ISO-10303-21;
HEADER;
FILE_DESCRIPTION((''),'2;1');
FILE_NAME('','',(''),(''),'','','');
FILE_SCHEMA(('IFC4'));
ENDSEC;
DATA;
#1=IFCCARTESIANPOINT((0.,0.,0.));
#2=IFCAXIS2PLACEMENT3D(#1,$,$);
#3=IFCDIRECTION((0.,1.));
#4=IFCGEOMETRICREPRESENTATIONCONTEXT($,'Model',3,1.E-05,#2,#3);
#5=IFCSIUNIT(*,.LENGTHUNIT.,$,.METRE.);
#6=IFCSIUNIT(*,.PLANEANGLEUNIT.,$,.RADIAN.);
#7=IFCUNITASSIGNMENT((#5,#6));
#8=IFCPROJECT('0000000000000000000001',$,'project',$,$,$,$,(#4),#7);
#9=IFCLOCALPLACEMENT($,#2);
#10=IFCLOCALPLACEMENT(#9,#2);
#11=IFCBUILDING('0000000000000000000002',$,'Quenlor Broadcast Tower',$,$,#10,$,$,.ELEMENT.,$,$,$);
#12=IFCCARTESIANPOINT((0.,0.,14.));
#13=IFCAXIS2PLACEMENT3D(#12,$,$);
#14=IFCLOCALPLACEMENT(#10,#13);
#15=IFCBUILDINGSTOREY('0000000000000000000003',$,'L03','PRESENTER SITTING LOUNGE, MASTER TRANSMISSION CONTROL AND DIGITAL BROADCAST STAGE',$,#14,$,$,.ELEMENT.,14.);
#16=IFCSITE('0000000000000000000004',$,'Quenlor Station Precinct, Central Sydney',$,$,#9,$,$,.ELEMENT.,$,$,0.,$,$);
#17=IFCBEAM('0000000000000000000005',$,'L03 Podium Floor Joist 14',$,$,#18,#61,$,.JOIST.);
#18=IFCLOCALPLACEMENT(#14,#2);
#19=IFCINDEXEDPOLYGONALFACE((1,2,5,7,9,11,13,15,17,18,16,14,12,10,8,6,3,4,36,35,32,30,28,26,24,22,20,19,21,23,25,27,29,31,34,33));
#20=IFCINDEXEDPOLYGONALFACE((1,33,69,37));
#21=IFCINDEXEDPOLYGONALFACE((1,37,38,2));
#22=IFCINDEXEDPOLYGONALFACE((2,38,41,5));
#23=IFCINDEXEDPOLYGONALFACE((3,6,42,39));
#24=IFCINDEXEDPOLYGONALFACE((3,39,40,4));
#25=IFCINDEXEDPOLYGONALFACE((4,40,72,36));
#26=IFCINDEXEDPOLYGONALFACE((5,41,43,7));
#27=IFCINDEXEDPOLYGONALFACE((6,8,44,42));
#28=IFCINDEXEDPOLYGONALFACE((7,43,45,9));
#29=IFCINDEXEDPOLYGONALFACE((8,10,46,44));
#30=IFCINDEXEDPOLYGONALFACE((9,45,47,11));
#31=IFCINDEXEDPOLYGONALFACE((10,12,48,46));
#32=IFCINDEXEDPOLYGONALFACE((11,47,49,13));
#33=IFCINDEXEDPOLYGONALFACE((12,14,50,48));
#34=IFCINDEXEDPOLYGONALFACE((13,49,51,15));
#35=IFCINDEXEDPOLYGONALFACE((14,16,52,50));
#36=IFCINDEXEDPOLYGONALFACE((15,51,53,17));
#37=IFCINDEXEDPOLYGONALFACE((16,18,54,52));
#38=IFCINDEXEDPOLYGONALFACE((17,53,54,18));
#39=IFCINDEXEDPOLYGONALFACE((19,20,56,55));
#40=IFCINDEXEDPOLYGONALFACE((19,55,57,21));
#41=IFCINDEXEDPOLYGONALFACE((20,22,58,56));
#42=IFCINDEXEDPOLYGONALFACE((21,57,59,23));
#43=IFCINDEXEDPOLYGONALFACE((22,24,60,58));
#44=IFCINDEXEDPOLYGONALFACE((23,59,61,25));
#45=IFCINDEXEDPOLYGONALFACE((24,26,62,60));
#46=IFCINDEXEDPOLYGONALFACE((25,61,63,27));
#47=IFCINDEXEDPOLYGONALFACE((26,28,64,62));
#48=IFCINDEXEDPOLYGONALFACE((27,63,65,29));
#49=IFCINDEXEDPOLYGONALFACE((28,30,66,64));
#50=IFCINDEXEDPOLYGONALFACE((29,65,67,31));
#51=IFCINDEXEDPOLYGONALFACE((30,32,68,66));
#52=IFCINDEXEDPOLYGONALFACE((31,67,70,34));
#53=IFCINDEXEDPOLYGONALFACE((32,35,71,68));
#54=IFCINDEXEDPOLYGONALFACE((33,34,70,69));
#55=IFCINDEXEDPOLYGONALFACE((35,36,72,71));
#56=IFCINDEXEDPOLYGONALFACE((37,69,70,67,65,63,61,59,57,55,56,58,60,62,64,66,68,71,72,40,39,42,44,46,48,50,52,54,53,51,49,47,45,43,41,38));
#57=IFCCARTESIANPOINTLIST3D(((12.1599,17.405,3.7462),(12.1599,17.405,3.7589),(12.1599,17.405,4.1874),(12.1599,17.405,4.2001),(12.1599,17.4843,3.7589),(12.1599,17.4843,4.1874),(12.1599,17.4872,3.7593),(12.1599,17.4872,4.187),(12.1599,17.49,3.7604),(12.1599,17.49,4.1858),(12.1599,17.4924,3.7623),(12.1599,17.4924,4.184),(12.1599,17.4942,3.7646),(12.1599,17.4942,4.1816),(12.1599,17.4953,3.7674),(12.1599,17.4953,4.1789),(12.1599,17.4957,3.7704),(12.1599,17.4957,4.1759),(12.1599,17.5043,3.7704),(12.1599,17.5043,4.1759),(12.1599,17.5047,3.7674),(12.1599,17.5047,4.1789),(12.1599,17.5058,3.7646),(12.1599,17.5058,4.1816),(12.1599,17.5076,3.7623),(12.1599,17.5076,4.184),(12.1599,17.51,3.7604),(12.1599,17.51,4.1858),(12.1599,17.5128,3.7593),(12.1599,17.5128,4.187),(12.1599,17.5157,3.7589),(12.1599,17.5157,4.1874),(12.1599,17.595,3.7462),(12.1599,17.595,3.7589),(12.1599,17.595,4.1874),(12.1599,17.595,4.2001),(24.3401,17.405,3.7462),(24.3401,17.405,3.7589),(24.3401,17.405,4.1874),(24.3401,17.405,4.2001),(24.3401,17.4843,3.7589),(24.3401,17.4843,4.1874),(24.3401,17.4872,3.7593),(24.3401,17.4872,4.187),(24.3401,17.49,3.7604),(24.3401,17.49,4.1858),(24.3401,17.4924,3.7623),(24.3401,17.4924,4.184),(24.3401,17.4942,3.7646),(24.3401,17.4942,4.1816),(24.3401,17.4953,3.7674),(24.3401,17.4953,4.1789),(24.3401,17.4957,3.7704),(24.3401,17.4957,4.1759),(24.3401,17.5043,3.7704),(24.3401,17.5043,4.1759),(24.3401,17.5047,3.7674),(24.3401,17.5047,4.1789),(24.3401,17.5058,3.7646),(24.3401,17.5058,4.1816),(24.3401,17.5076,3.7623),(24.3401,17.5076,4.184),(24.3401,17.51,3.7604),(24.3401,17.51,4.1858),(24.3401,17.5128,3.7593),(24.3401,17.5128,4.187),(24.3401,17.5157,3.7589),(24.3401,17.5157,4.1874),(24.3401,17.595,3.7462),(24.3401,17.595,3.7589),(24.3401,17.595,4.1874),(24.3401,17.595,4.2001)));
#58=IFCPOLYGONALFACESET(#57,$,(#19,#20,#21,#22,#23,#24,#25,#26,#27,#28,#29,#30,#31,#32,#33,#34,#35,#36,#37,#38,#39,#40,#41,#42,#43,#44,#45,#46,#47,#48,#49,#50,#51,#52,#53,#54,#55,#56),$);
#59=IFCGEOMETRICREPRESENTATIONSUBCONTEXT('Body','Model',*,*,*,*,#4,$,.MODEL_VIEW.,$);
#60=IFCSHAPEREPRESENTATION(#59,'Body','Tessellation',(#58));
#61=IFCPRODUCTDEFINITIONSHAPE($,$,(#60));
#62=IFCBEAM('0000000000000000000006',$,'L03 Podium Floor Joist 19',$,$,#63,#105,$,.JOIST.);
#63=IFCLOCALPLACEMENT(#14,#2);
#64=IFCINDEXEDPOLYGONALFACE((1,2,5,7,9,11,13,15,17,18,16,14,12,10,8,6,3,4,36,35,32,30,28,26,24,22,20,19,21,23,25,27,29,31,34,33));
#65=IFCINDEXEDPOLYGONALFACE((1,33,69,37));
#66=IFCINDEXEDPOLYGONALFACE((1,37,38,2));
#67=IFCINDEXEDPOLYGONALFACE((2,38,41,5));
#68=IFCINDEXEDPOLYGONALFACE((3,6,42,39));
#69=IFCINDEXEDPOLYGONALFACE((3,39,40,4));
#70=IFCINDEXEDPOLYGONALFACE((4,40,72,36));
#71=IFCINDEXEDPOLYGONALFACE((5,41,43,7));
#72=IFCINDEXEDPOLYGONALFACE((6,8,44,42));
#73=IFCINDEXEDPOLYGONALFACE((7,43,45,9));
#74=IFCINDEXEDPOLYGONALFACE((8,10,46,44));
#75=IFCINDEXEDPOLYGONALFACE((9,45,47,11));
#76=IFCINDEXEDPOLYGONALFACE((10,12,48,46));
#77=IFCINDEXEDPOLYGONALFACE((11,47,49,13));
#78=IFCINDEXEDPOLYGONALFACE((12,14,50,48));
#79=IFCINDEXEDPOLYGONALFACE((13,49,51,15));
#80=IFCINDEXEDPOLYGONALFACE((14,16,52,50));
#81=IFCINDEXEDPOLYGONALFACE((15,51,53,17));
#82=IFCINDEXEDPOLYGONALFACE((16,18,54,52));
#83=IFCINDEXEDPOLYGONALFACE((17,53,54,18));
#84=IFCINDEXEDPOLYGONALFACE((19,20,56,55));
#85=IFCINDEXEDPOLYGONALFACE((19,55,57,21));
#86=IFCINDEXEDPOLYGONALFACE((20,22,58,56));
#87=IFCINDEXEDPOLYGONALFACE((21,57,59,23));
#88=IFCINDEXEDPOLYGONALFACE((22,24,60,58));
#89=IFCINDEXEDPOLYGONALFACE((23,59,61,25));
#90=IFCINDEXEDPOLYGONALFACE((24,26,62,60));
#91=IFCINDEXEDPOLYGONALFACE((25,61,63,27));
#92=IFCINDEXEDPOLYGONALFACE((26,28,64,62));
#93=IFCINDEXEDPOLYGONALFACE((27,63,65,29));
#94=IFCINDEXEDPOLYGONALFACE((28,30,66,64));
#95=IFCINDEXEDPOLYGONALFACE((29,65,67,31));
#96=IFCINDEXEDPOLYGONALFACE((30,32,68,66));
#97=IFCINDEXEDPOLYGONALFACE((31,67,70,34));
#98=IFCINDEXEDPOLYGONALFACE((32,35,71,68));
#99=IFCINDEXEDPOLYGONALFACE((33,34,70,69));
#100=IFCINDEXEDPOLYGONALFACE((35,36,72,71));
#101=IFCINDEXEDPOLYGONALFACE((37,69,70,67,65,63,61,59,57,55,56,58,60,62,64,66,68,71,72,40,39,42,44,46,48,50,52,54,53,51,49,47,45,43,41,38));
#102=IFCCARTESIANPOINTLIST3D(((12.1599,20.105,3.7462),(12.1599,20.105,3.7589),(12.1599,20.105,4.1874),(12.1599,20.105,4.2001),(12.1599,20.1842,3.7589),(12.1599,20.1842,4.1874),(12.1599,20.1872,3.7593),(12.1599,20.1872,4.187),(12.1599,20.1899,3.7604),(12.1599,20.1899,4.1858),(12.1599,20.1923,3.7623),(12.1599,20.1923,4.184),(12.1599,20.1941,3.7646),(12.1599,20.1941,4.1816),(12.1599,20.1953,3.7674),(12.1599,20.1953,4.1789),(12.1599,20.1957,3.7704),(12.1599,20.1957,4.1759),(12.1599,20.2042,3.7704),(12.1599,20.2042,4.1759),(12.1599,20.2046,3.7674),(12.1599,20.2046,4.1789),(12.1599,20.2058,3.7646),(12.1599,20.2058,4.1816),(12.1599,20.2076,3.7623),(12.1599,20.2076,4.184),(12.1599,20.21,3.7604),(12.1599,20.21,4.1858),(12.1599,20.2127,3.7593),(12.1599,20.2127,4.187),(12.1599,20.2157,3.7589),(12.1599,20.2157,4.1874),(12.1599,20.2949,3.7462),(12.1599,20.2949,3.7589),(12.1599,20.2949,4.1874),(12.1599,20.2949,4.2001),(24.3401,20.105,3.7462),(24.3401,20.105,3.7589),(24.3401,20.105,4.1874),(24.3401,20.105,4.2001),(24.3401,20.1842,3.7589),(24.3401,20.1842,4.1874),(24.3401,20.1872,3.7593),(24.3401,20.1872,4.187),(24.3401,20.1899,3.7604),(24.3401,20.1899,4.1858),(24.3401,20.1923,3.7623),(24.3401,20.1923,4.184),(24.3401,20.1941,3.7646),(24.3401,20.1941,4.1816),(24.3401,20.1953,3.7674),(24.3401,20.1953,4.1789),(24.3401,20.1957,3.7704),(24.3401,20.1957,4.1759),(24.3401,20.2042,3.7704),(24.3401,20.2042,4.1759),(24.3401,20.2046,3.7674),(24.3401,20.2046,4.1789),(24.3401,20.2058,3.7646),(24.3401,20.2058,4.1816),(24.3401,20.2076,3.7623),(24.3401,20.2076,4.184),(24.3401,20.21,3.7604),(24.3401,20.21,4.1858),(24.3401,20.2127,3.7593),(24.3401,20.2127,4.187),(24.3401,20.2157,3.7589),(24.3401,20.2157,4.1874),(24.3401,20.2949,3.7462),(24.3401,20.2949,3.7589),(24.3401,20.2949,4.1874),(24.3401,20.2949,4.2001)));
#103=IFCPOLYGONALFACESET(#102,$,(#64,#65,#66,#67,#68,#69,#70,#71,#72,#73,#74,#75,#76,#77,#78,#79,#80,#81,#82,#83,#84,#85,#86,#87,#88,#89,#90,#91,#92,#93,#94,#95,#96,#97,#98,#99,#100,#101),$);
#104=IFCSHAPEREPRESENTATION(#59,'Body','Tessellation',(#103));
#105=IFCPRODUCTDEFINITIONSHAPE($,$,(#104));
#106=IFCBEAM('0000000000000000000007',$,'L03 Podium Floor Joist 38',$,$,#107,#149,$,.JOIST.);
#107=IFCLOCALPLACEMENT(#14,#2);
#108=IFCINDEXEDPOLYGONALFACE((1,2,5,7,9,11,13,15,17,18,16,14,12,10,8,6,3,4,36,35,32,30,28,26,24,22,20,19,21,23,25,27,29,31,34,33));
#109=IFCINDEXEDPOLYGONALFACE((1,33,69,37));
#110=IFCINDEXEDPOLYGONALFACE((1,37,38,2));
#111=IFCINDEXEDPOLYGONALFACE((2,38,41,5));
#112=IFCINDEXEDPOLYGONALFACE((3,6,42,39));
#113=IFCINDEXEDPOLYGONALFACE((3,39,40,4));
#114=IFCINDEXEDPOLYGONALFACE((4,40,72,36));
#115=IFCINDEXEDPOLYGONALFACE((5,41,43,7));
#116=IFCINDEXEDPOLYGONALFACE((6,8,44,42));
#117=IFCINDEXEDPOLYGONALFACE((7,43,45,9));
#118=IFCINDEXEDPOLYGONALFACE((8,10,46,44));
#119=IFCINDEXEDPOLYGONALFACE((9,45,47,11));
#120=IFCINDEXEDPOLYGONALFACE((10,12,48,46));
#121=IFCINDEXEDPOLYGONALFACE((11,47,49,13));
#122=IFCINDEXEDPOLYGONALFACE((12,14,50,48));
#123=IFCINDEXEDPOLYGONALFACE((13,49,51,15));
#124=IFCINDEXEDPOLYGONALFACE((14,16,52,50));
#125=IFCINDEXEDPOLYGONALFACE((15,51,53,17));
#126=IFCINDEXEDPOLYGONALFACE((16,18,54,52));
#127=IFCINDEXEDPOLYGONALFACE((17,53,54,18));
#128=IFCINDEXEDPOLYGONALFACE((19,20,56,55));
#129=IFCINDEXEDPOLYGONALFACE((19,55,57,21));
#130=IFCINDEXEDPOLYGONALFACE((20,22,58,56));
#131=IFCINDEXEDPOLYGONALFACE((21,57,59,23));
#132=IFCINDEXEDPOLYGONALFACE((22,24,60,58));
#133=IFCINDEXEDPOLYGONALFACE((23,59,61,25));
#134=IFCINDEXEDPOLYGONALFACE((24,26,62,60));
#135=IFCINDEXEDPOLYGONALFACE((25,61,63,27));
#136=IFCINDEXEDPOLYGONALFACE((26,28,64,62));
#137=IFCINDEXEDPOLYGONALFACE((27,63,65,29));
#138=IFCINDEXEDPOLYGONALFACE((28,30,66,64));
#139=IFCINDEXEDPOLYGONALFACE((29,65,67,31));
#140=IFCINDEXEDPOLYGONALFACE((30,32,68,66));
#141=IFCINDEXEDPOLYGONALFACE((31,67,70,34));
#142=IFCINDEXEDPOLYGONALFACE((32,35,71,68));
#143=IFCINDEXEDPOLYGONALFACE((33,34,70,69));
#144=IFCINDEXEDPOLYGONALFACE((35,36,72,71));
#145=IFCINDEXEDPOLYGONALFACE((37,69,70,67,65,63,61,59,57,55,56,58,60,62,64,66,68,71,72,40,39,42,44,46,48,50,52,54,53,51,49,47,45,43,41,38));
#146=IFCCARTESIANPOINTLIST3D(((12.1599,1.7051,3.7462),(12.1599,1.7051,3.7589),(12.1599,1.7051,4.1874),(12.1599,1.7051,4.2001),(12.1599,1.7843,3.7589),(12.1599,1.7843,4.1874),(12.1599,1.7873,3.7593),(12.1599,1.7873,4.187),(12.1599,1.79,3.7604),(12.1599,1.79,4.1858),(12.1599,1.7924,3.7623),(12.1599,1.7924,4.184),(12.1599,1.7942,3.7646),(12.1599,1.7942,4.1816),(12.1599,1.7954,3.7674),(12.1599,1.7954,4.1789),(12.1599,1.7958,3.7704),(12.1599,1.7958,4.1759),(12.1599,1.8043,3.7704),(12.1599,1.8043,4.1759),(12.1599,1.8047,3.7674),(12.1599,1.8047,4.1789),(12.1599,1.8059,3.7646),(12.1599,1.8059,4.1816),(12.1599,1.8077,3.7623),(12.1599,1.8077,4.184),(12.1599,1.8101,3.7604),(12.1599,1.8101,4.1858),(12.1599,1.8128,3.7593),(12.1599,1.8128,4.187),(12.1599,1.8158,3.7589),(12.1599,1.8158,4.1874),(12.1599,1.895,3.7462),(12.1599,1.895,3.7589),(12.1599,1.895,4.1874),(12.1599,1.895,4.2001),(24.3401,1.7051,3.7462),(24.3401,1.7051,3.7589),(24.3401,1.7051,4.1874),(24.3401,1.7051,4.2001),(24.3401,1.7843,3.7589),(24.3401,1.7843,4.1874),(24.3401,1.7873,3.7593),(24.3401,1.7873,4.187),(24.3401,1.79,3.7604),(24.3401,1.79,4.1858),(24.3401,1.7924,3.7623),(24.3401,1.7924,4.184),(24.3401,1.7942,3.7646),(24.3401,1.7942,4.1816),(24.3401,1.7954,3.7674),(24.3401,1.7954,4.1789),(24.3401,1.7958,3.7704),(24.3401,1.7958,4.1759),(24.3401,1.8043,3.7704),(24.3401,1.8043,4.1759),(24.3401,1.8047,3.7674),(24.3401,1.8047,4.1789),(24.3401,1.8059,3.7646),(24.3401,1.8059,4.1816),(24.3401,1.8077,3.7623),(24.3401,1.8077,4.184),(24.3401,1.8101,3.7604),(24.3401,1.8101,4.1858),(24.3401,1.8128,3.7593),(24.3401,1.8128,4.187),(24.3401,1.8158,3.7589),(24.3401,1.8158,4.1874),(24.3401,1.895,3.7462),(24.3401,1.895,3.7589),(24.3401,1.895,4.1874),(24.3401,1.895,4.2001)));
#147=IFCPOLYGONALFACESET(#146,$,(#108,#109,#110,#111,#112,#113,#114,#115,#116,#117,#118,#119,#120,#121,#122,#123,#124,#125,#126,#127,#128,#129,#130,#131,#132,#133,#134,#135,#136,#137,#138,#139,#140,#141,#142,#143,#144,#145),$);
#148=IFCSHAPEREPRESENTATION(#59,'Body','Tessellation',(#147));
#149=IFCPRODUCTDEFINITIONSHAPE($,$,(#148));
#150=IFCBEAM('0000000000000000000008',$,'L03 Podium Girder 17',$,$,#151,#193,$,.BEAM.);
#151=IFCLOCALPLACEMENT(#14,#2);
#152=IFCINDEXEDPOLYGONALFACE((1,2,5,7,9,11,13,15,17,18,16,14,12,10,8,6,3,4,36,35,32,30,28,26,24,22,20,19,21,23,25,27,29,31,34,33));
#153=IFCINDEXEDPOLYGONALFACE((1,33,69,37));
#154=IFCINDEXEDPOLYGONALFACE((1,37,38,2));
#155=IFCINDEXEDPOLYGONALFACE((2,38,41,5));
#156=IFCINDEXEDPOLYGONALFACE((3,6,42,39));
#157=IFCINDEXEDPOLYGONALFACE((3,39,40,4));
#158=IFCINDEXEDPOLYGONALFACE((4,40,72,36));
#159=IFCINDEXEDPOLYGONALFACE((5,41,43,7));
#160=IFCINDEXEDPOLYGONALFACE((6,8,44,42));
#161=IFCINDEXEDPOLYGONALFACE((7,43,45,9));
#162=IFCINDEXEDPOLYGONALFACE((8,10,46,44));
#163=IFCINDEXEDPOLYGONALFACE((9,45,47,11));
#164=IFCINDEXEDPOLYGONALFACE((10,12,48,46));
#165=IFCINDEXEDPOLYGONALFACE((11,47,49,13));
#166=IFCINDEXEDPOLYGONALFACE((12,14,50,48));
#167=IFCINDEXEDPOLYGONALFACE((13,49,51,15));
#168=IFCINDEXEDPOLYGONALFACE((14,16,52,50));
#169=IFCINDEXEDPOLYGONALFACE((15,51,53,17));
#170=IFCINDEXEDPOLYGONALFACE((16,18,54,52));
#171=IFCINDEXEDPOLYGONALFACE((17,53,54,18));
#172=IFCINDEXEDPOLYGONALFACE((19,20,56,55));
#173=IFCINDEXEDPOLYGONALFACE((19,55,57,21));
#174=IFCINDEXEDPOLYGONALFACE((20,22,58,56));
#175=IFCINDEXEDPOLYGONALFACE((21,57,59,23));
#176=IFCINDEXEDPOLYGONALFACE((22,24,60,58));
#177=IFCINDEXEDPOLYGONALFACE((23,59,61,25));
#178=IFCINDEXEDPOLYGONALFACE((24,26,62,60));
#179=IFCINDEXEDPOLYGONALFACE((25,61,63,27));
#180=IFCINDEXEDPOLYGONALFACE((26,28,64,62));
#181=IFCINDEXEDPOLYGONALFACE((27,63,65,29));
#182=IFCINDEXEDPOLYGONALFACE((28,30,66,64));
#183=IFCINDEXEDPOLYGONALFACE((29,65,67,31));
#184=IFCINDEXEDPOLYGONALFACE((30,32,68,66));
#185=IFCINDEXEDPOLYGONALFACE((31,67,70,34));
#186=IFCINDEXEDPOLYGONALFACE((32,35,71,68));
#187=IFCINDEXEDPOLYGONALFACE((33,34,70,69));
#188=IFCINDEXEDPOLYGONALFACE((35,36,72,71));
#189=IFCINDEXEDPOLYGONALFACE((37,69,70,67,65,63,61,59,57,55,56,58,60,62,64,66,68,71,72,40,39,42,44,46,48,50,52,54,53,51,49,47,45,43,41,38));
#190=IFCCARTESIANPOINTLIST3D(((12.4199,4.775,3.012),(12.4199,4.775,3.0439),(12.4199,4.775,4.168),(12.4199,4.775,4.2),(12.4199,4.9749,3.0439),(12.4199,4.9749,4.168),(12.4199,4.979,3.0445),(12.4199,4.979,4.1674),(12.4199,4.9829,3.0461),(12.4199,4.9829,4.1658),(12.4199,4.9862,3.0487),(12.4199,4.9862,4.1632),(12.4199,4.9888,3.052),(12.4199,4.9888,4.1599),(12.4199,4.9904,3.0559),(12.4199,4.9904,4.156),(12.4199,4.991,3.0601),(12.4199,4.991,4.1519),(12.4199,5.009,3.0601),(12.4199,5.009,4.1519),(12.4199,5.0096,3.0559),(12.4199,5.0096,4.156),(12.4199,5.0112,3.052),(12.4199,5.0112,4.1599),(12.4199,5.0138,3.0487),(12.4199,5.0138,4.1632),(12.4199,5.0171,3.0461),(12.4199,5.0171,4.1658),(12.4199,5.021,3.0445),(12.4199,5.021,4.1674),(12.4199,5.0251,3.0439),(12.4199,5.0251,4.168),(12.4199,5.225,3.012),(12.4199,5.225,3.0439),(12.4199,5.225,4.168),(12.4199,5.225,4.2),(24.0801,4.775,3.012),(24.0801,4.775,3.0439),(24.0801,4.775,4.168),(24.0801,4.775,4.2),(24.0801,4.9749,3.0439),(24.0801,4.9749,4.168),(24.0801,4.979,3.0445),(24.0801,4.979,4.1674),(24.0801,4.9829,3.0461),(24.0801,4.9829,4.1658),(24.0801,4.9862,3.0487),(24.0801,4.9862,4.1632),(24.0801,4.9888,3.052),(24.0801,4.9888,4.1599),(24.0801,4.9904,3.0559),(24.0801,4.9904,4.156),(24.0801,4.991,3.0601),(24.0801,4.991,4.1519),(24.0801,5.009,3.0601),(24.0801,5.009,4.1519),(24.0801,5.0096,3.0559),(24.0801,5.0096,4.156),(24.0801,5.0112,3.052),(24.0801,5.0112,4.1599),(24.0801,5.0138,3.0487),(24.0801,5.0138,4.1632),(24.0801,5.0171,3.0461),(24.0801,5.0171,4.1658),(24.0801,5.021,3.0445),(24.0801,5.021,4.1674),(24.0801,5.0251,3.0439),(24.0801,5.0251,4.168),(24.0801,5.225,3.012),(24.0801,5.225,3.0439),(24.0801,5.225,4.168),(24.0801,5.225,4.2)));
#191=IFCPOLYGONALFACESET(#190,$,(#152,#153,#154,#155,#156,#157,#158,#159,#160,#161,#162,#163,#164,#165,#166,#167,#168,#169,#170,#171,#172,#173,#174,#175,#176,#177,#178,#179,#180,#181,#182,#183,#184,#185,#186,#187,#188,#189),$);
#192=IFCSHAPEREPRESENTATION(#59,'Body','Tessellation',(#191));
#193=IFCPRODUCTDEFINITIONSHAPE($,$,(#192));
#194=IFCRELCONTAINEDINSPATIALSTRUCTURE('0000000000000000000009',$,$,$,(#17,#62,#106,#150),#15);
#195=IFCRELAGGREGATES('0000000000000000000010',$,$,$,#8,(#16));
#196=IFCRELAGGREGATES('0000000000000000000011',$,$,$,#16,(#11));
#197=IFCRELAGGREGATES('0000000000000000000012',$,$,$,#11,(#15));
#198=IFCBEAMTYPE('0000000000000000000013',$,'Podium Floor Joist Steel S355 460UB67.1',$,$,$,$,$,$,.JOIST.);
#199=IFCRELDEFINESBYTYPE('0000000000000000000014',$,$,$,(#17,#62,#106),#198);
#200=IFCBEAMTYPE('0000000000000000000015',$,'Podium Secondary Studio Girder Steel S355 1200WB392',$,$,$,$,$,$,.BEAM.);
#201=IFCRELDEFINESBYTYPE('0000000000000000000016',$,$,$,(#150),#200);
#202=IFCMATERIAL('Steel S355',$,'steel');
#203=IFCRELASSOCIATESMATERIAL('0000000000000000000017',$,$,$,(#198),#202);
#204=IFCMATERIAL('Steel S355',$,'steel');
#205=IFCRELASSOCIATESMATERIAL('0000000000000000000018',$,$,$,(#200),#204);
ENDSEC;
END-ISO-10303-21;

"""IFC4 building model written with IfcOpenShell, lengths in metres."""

from ifc_helpers import new_model, si_unit, direction, frame, origin, origin_2d, place, context, subcontext, project, spatial, i_section, extrude, material, material_profile, profile_set, type_object, element, save


model = new_model("IFC4")

# Units and contexts
model_context = context("Model", 3, precision=1e-05, world=origin(), true_north=direction((0.0, 1.0)))
body_context = subcontext(model_context, "Body", "Model", "MODEL_VIEW")
ifc_project = project(units=[si_unit("LENGTHUNIT", "METRE"), si_unit("PLANEANGLEUNIT", "RADIAN")], contexts=[model_context])

# Site, building, storey
site_placement = place(None, origin())
site = spatial("IfcSite", under=ifc_project, at=site_placement, Name="Quenlor Station Precinct, Central Sydney", CompositionType="ELEMENT", RefElevation=0.0)
building_placement = place(site_placement, origin())
building = spatial("IfcBuilding", under=site, at=building_placement, Name="Quenlor Broadcast Tower", CompositionType="ELEMENT")
storey_placement = place(building_placement, frame((0.0, 0.0, 14.0)))
storey = spatial("IfcBuildingStorey", under=building, at=storey_placement, Name="L03", Description="PRESENTER SITTING LOUNGE, MASTER TRANSMISSION CONTROL AND DIGITAL BROADCAST STAGE", CompositionType="ELEMENT", Elevation=14.0)

# Beams
ifc_material_1 = material(Name="Steel S355", Category="steel")
ifc_material_profile_1 = material_profile(ifc_material_1, i_section(OverallWidth=0.1899, OverallDepth=0.4539, WebThickness=0.0085, FlangeThickness=0.0127, FilletRadius=0.0115, at=origin_2d()))
ifc_profile_set_1 = profile_set([ifc_material_profile_1], Name="Steel S355 460UB67.1")
beam_type_1 = type_object("IfcBeamType", Name="Podium Floor Joist Steel S355 460UB67.1", PredefinedType="JOIST", material=ifc_profile_set_1)
for number, where, z_axis, x_axis, name in (
    (1, (12.1599, 17.5, 3.9731), (1.0, 0.0, 0.0), (0.0, 1.0, 0.0), "L03 Podium Floor Joist 14"),
    (2, (12.1599, 20.2, 3.9731), (1.0, 0.0, 0.0), (0.0, 1.0, 0.0), "L03 Podium Floor Joist 19"),
    (3, (12.1599, 1.8, 3.9731), (1.0, 0.0, 0.0), (0.0, 1.0, 0.0), "L03 Podium Floor Joist 38"),
):
    element("IfcBeam", number, at=place(storey_placement, frame(where, z_axis=z_axis, x_axis=x_axis)), inside=storey, type_object=beam_type_1, Name=name, PredefinedType="JOIST", context=body_context, shape_type="SweptSolid", body=[
        extrude(i_section(OverallWidth=0.1899, OverallDepth=0.4539, WebThickness=0.0085, FlangeThickness=0.0127, FilletRadius=0.0115, at=origin_2d()), origin(), (0.0, 0.0, 1.0), 12.1802),
    ])
ifc_material_2 = material(Name="Steel S355", Category="steel")
ifc_material_profile_2 = material_profile(ifc_material_2, i_section(OverallWidth=0.45, OverallDepth=1.188, WebThickness=0.0181, FlangeThickness=0.032, FilletRadius=0.0161, at=origin_2d()))
ifc_profile_set_2 = profile_set([ifc_material_profile_2], Name="Steel S355 1200WB392")
beam_type_2 = type_object("IfcBeamType", Name="Podium Secondary Studio Girder Steel S355 1200WB392", PredefinedType="BEAM", material=ifc_profile_set_2)
for number, where, z_axis, x_axis, name in (
    (4, (12.4199, 5.0, 3.606), (1.0, 0.0, 0.0), (0.0, 1.0, 0.0), "L03 Podium Girder 17"),
):
    element("IfcBeam", number, at=place(storey_placement, frame(where, z_axis=z_axis, x_axis=x_axis)), inside=storey, type_object=beam_type_2, Name=name, PredefinedType="BEAM", context=body_context, shape_type="SweptSolid", body=[
        extrude(i_section(OverallWidth=0.45, OverallDepth=1.188, WebThickness=0.0181, FlangeThickness=0.032, FilletRadius=0.0161, at=origin_2d()), origin(), (0.0, 0.0, 1.0), 11.6602),
    ])

save(model, "model.ifc")
